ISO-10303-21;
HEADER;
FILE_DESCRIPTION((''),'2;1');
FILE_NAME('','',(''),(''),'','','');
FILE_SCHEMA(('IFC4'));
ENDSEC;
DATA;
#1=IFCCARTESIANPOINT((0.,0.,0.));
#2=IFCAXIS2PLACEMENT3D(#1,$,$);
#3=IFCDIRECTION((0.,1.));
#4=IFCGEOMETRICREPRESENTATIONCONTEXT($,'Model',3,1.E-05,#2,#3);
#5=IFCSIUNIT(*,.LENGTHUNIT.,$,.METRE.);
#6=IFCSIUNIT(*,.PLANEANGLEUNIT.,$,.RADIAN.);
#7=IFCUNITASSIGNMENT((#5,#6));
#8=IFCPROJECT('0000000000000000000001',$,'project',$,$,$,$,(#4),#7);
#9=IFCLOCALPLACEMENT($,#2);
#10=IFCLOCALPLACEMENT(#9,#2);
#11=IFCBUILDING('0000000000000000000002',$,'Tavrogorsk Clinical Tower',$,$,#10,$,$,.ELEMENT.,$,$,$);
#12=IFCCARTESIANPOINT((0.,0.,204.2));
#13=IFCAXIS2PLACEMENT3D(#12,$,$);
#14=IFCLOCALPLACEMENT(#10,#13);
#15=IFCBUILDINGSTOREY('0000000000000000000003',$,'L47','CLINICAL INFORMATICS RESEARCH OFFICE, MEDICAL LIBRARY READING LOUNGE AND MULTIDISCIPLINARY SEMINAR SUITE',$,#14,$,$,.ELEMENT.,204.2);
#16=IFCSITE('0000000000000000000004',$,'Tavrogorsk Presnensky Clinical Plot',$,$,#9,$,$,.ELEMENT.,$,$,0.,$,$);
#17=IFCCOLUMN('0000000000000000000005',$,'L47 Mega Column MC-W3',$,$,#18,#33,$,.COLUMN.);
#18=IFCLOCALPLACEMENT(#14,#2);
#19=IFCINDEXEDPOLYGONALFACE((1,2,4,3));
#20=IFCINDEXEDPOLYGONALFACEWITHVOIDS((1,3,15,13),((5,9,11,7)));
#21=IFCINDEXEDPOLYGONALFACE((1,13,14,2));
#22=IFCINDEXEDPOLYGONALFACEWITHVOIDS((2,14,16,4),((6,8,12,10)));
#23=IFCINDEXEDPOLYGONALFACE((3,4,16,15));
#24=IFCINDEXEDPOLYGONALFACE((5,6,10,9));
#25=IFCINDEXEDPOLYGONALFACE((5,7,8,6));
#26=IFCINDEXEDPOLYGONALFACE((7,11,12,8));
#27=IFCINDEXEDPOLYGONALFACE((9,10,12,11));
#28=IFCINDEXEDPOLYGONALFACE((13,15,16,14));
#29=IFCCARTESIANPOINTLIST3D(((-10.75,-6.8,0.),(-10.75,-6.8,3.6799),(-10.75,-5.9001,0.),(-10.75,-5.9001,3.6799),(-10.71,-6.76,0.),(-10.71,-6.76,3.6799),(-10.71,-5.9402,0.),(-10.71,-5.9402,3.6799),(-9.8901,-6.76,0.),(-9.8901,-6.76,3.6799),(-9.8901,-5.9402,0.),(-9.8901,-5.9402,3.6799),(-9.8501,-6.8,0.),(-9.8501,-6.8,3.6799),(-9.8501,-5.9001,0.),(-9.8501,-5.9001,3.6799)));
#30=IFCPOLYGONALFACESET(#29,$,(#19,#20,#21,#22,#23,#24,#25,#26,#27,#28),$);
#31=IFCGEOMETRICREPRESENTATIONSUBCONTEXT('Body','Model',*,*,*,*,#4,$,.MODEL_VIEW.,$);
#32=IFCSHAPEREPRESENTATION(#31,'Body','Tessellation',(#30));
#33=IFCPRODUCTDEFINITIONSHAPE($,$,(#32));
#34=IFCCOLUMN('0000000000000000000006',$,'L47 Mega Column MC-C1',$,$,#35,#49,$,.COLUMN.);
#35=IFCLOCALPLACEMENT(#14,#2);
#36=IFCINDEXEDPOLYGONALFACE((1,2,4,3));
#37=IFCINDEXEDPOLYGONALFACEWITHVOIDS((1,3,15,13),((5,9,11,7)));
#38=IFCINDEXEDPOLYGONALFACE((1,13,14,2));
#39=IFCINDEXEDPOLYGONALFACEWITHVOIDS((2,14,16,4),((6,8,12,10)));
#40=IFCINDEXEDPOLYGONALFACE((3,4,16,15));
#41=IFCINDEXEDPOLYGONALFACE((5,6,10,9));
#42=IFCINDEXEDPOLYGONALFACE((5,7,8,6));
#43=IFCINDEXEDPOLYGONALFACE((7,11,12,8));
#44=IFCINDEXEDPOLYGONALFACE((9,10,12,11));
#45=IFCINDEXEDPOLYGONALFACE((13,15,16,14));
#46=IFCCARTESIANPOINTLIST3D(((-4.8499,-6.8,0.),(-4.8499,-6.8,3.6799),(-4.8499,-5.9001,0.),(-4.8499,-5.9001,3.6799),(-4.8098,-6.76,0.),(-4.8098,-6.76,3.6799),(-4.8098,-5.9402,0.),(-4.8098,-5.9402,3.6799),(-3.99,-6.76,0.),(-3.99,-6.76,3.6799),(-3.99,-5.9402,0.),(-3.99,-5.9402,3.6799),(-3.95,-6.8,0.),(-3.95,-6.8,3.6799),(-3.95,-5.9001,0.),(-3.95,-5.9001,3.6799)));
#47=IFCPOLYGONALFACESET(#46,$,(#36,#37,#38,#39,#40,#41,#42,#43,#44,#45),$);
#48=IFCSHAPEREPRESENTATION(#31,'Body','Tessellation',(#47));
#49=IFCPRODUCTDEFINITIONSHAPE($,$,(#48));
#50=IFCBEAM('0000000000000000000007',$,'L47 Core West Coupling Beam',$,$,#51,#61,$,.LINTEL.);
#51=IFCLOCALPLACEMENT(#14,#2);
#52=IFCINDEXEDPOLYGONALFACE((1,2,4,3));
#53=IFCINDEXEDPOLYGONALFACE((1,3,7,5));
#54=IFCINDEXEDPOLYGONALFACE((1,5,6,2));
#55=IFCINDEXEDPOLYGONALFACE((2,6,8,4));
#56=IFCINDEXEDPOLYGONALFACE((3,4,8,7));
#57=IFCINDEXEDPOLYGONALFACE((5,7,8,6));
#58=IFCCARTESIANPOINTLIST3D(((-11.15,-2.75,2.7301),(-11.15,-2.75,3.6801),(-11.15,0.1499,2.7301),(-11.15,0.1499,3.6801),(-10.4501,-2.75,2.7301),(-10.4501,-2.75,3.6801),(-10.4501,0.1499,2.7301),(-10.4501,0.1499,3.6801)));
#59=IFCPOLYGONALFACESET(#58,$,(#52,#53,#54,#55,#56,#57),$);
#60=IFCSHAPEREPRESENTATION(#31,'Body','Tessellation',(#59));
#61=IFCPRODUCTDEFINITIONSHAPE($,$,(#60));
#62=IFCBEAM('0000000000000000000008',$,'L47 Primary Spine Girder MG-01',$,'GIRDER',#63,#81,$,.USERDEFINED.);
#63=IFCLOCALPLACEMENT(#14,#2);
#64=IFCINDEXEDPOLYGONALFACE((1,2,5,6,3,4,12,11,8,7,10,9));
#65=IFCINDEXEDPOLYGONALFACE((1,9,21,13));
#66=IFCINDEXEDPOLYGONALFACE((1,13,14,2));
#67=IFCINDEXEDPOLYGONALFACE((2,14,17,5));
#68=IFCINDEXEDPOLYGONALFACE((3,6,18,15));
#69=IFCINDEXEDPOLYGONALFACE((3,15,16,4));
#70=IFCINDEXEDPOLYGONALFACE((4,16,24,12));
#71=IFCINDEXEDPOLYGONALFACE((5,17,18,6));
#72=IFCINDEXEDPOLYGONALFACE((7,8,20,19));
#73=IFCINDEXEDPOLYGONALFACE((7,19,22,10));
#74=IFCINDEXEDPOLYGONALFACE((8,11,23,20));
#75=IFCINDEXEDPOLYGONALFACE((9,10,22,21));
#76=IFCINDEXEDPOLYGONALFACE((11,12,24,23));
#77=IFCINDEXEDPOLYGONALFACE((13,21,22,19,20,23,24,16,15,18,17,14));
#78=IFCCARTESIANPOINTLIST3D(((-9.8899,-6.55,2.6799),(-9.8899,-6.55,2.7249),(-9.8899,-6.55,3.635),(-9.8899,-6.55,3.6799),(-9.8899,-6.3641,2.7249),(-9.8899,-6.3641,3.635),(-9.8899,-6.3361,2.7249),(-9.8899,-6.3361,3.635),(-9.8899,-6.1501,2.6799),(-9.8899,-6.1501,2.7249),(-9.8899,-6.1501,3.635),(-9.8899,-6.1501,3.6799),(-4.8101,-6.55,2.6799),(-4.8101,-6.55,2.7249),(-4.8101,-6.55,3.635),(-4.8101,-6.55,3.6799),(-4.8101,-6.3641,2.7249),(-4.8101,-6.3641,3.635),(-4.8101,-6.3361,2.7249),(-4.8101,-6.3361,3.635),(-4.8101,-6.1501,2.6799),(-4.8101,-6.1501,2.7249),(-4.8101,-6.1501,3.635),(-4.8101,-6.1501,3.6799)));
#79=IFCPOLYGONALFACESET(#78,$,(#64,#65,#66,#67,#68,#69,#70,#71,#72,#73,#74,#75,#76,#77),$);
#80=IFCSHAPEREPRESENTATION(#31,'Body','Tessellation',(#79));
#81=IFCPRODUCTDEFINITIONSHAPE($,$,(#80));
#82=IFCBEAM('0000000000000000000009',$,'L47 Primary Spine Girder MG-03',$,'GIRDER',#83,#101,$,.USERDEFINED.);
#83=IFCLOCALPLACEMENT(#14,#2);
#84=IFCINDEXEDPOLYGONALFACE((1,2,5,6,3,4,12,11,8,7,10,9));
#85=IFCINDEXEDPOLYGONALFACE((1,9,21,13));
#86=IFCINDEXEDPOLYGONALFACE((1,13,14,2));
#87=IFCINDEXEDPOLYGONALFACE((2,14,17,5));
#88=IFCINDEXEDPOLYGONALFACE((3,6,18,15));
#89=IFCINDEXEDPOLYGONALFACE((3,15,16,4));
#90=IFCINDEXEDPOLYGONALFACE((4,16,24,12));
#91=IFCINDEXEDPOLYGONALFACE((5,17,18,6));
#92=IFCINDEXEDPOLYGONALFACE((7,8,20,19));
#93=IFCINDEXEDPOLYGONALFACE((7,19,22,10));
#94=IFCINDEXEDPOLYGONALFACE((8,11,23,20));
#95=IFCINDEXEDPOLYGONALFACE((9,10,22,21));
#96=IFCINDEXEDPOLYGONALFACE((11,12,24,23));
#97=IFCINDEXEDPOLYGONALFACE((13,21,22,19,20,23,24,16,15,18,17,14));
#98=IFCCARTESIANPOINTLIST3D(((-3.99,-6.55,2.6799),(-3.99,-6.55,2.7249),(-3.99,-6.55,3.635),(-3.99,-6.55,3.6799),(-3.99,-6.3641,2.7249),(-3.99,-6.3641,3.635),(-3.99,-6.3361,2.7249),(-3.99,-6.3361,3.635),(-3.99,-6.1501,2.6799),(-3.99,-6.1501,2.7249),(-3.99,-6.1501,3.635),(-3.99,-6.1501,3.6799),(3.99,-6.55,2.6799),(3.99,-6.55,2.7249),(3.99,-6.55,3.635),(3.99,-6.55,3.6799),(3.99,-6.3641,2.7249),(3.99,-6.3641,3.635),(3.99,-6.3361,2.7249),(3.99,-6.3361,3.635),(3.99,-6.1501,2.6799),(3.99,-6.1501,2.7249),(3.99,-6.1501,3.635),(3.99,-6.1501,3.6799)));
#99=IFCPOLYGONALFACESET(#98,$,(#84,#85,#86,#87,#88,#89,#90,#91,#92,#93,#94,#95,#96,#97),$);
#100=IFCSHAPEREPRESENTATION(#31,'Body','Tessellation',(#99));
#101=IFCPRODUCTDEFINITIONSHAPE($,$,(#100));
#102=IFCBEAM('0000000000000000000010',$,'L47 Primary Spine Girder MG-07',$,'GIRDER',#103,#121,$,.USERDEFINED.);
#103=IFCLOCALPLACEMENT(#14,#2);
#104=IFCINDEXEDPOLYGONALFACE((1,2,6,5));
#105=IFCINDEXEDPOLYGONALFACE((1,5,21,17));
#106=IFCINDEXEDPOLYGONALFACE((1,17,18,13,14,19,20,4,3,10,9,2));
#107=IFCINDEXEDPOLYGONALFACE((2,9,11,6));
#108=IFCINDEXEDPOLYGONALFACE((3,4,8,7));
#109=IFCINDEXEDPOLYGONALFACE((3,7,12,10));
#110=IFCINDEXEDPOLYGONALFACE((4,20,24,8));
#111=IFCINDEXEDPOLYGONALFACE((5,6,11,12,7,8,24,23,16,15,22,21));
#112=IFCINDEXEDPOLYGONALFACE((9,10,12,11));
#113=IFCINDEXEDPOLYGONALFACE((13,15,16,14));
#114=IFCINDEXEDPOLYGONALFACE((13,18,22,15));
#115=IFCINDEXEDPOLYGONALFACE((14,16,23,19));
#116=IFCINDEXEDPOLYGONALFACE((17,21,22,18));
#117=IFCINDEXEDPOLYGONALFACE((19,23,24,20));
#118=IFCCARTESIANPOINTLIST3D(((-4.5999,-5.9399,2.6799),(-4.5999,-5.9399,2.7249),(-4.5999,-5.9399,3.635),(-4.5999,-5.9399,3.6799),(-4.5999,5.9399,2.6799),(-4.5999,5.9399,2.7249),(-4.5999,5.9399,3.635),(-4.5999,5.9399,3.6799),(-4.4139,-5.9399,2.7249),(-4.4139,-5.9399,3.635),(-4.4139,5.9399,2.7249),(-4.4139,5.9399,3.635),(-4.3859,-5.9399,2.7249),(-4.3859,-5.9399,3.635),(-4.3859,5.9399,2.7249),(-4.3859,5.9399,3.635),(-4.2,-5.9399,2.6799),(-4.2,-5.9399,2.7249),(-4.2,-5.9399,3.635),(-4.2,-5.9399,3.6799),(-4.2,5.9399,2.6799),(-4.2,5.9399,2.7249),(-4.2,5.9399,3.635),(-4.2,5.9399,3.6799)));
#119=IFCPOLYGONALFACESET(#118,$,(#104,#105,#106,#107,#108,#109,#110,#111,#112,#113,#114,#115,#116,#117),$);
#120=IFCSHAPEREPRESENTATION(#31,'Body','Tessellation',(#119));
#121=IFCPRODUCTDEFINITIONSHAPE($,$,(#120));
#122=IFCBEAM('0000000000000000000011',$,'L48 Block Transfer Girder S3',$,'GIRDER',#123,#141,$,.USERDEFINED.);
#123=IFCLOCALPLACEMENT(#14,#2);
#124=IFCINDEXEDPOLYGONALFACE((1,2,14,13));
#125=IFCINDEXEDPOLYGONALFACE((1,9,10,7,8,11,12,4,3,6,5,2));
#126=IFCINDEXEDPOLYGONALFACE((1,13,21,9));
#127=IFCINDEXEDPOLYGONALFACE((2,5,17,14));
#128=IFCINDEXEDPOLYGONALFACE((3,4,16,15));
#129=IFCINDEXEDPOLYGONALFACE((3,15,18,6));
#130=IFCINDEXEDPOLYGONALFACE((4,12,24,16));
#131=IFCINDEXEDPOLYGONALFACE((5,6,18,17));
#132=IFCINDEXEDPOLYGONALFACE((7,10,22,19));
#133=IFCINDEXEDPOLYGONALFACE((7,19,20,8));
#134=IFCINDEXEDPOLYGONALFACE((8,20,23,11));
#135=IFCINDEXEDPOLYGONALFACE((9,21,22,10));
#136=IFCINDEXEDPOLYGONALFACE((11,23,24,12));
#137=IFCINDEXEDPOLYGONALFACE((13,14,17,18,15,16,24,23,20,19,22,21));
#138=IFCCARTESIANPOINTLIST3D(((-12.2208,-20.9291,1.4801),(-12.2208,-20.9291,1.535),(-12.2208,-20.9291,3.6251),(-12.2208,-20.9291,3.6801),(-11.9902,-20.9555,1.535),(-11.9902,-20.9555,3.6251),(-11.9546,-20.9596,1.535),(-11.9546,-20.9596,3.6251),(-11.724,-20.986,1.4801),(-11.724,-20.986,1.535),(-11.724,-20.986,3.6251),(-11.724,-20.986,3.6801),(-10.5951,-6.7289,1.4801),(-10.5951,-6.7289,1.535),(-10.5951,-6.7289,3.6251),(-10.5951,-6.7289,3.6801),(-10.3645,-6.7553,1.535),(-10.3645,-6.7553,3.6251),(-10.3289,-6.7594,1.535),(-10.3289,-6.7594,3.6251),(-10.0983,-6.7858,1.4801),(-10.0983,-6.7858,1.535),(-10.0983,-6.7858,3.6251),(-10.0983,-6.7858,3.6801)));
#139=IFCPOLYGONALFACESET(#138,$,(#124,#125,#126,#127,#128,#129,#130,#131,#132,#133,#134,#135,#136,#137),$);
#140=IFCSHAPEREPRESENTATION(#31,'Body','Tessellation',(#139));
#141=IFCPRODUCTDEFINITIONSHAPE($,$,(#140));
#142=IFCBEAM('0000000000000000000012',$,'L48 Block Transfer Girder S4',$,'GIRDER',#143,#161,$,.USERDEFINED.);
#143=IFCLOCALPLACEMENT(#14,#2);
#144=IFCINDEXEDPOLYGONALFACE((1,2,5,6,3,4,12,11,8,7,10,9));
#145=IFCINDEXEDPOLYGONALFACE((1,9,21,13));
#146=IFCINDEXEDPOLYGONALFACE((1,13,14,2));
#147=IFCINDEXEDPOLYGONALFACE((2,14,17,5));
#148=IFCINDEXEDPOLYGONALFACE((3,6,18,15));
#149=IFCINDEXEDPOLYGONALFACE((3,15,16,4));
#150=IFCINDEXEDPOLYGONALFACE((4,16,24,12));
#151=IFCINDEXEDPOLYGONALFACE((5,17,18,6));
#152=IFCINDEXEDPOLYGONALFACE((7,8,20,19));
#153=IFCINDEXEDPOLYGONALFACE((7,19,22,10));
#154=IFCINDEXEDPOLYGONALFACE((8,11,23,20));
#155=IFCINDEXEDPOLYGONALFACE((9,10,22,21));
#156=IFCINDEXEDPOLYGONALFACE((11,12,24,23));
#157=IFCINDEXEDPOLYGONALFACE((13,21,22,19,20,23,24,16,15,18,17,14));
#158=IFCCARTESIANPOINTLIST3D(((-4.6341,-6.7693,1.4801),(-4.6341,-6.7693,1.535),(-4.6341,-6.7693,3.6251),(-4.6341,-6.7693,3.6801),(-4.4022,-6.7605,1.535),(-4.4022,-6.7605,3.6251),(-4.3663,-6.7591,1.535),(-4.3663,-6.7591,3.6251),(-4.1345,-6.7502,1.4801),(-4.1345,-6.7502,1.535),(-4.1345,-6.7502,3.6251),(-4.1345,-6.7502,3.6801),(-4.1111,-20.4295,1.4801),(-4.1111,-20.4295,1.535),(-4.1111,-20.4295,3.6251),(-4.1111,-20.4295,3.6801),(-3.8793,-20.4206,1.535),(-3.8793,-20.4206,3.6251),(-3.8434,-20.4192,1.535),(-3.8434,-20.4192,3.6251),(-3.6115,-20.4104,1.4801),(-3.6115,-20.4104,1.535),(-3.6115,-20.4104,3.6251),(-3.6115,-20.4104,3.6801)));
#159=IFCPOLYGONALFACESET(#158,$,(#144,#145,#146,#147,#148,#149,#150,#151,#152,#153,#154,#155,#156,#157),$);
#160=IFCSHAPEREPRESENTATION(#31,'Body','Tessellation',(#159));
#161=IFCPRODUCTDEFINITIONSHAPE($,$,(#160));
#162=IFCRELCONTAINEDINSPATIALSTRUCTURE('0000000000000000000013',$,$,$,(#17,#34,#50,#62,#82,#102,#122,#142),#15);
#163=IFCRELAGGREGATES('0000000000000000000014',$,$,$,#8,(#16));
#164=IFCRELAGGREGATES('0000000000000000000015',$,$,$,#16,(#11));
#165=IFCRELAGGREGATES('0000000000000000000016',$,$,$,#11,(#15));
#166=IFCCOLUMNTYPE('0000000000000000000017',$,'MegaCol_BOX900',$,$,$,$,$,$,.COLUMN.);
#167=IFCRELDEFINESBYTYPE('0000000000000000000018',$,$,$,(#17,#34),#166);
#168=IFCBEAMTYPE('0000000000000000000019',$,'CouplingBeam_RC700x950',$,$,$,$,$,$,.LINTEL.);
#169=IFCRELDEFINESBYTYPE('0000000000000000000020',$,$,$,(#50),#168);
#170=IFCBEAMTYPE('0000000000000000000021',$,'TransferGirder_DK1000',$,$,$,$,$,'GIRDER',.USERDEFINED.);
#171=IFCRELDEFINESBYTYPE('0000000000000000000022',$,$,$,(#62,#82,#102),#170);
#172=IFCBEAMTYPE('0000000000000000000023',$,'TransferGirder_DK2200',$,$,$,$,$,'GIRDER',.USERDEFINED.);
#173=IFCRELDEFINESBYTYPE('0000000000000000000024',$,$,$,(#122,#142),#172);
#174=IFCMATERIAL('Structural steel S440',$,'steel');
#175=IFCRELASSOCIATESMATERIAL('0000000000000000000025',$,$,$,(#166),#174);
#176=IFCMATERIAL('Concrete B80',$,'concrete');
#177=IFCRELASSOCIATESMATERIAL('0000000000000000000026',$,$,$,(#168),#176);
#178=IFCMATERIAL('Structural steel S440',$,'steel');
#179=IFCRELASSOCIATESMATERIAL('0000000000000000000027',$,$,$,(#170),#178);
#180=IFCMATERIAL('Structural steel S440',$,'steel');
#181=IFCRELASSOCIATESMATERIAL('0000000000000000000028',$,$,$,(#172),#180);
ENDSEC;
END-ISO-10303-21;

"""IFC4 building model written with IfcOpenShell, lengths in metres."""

from ifc_helpers import new_model, si_unit, direction, frame, origin, origin_2d, place, context, subcontext, project, spatial, rectangle, hollow_rectangle, i_section, extrude, material, material_profile, profile_set, type_object, element, save


model = new_model("IFC4")

# Units and contexts
model_context = context("Model", 3, precision=1e-05, world=origin(), true_north=direction((0.0, 1.0)))
body_context = subcontext(model_context, "Body", "Model", "MODEL_VIEW")
ifc_project = project(units=[si_unit("LENGTHUNIT", "METRE"), si_unit("PLANEANGLEUNIT", "RADIAN")], contexts=[model_context])

# Site, building, storey
site_placement = place(None, origin())
site = spatial("IfcSite", under=ifc_project, at=site_placement, Name="Tavrogorsk Presnensky Clinical Plot", CompositionType="ELEMENT", RefElevation=0.0)
building_placement = place(site_placement, origin())
building = spatial("IfcBuilding", under=site, at=building_placement, Name="Tavrogorsk Clinical Tower", CompositionType="ELEMENT")
storey_placement = place(building_placement, frame((0.0, 0.0, 204.2)))
storey = spatial("IfcBuildingStorey", under=building, at=storey_placement, Name="L47", Description="CLINICAL INFORMATICS RESEARCH OFFICE, MEDICAL LIBRARY READING LOUNGE AND MULTIDISCIPLINARY SEMINAR SUITE", CompositionType="ELEMENT", Elevation=204.2)

# Columns
ifc_material_1 = material(Name="Structural steel S440", Category="steel")
ifc_material_profile_1 = material_profile(ifc_material_1, hollow_rectangle(XDim=0.8999, YDim=0.8999, WallThickness=0.04, at=origin_2d()), Name="BOX-900x900x40")
ifc_profile_set_1 = profile_set([ifc_material_profile_1], Name="Structural steel S440")
column_type = type_object("IfcColumnType", Name="MegaCol_BOX900", PredefinedType="COLUMN", material=ifc_profile_set_1)
for number, where, z_axis, x_axis, name in (
    (1, (-10.3, -6.3501, 0.0), (0.0, 0.0, 1.0), (1.0, 0.0, 0.0), "L47 Mega Column MC-W3"),
    (2, (-4.3999, -6.3501, 0.0), (0.0, 0.0, 1.0), (1.0, 0.0, 0.0), "L47 Mega Column MC-C1"),
):
    element("IfcColumn", number, at=place(storey_placement, frame(where, z_axis=z_axis, x_axis=x_axis)), inside=storey, type_object=column_type, Name=name, PredefinedType="COLUMN", context=body_context, shape_type="SweptSolid", body=[
        extrude(hollow_rectangle(XDim=0.8999, YDim=0.8999, WallThickness=0.04, at=origin_2d()), origin(), (0.0, 0.0, 1.0), 3.6799),
    ])

# Beams
ifc_material_2 = material(Name="Concrete B80", Category="concrete")
ifc_material_profile_2 = material_profile(ifc_material_2, rectangle(XDim=0.7, YDim=0.95, at=origin_2d()), Name="RC-CB-700x950")
ifc_profile_set_2 = profile_set([ifc_material_profile_2], Name="Concrete B80")
beam_type_1 = type_object("IfcBeamType", Name="CouplingBeam_RC700x950", PredefinedType="LINTEL", material=ifc_profile_set_2)
beam_1_placement = place(storey_placement, frame((-10.8, -2.75, 3.2051), z_axis=(0.0, 1.0, 0.0), x_axis=(-1.0, 0.0, 0.0)))
element("IfcBeam", 3, at=beam_1_placement, inside=storey, type_object=beam_type_1, Name="L47 Core West Coupling Beam", PredefinedType="LINTEL", context=body_context, shape_type="SweptSolid", body=[
    extrude(rectangle(XDim=0.7, YDim=0.95, at=origin_2d()), origin(), (0.0, 0.0, 1.0), 2.8999),
])
ifc_material_3 = material(Name="Structural steel S440", Category="steel")
ifc_material_profile_3 = material_profile(ifc_material_3, i_section(OverallWidth=0.3999, OverallDepth=1.0, WebThickness=0.0281, FlangeThickness=0.0449, at=origin_2d()), Name="DK-1000x400x28x45")
ifc_profile_set_3 = profile_set([ifc_material_profile_3], Name="Structural steel S440")
beam_type_2 = type_object("IfcBeamType", Name="TransferGirder_DK1000", ElementType="GIRDER", PredefinedType="USERDEFINED", material=ifc_profile_set_3)
beam_2_placement = place(storey_placement, frame((-9.8899, -6.3501, 3.1799), z_axis=(1.0, 0.0, 0.0), x_axis=(0.0, 1.0, 0.0)))
element("IfcBeam", 4, at=beam_2_placement, inside=storey, type_object=beam_type_2, Name="L47 Primary Spine Girder MG-01", ObjectType="GIRDER", PredefinedType="USERDEFINED", context=body_context, shape_type="SweptSolid", body=[
    extrude(i_section(OverallWidth=0.3999, OverallDepth=1.0, WebThickness=0.0281, FlangeThickness=0.0449, at=origin_2d()), origin(), (0.0, 0.0, 1.0), 5.0798),
])
beam_3_placement = place(storey_placement, frame((-3.99, -6.3501, 3.1799), z_axis=(1.0, 0.0, 0.0), x_axis=(0.0, 1.0, 0.0)))
element("IfcBeam", 5, at=beam_3_placement, inside=storey, type_object=beam_type_2, Name="L47 Primary Spine Girder MG-03", ObjectType="GIRDER", PredefinedType="USERDEFINED", context=body_context, shape_type="SweptSolid", body=[
    extrude(i_section(OverallWidth=0.3999, OverallDepth=1.0, WebThickness=0.0281, FlangeThickness=0.0449, at=origin_2d()), origin(), (0.0, 0.0, 1.0), 7.98),
])
beam_4_placement = place(storey_placement, frame((-4.3999, -5.9399, 3.1799), z_axis=(0.0, 1.0, 0.0), x_axis=(-1.0, 0.0, 0.0)))
element("IfcBeam", 6, at=beam_4_placement, inside=storey, type_object=beam_type_2, Name="L47 Primary Spine Girder MG-07", ObjectType="GIRDER", PredefinedType="USERDEFINED", context=body_context, shape_type="SweptSolid", body=[
    extrude(i_section(OverallWidth=0.3999, OverallDepth=1.0, WebThickness=0.0281, FlangeThickness=0.0449, at=origin_2d()), origin(), (0.0, 0.0, 1.0), 11.8799),
])
ifc_material_4 = material(Name="Structural steel S440", Category="steel")
ifc_material_profile_4 = material_profile(ifc_material_4, i_section(OverallWidth=0.5, OverallDepth=2.2, WebThickness=0.0359, FlangeThickness=0.0549, at=origin_2d()), Name="DK-2200x500x36x55")
ifc_profile_set_4 = profile_set([ifc_material_profile_4], Name="Structural steel S440")
beam_type_3 = type_object("IfcBeamType", Name="TransferGirder_DK2200", ElementType="GIRDER", PredefinedType="USERDEFINED", material=ifc_profile_set_4)
beam_5_placement = place(storey_placement, frame((-10.3467, -6.7573, 2.5801), z_axis=(-0.113744, -0.99351, 0.0), x_axis=(0.99351, -0.113744, 0.0)))
element("IfcBeam", 7, at=beam_5_placement, inside=storey, type_object=beam_type_3, Name="L48 Block Transfer Girder S3", ObjectType="GIRDER", PredefinedType="USERDEFINED", context=body_context, shape_type="SweptSolid", body=[
    extrude(i_section(OverallWidth=0.5, OverallDepth=2.2, WebThickness=0.0359, FlangeThickness=0.0549, at=origin_2d()), origin(), (0.0, 0.0, 1.0), 14.293),
])
beam_6_placement = place(storey_placement, frame((-4.3843, -6.7598, 2.5801), z_axis=(0.038255, -0.999268, 0.0), x_axis=(0.999268, 0.038255, 0.0)))
element("IfcBeam", 8, at=beam_6_placement, inside=storey, type_object=beam_type_3, Name="L48 Block Transfer Girder S4", ObjectType="GIRDER", PredefinedType="USERDEFINED", context=body_context, shape_type="SweptSolid", body=[
    extrude(i_section(OverallWidth=0.5, OverallDepth=2.2, WebThickness=0.0359, FlangeThickness=0.0549, at=origin_2d()), origin(), (0.0, 0.0, 1.0), 13.6702),
])

save(model, "model.ifc")
